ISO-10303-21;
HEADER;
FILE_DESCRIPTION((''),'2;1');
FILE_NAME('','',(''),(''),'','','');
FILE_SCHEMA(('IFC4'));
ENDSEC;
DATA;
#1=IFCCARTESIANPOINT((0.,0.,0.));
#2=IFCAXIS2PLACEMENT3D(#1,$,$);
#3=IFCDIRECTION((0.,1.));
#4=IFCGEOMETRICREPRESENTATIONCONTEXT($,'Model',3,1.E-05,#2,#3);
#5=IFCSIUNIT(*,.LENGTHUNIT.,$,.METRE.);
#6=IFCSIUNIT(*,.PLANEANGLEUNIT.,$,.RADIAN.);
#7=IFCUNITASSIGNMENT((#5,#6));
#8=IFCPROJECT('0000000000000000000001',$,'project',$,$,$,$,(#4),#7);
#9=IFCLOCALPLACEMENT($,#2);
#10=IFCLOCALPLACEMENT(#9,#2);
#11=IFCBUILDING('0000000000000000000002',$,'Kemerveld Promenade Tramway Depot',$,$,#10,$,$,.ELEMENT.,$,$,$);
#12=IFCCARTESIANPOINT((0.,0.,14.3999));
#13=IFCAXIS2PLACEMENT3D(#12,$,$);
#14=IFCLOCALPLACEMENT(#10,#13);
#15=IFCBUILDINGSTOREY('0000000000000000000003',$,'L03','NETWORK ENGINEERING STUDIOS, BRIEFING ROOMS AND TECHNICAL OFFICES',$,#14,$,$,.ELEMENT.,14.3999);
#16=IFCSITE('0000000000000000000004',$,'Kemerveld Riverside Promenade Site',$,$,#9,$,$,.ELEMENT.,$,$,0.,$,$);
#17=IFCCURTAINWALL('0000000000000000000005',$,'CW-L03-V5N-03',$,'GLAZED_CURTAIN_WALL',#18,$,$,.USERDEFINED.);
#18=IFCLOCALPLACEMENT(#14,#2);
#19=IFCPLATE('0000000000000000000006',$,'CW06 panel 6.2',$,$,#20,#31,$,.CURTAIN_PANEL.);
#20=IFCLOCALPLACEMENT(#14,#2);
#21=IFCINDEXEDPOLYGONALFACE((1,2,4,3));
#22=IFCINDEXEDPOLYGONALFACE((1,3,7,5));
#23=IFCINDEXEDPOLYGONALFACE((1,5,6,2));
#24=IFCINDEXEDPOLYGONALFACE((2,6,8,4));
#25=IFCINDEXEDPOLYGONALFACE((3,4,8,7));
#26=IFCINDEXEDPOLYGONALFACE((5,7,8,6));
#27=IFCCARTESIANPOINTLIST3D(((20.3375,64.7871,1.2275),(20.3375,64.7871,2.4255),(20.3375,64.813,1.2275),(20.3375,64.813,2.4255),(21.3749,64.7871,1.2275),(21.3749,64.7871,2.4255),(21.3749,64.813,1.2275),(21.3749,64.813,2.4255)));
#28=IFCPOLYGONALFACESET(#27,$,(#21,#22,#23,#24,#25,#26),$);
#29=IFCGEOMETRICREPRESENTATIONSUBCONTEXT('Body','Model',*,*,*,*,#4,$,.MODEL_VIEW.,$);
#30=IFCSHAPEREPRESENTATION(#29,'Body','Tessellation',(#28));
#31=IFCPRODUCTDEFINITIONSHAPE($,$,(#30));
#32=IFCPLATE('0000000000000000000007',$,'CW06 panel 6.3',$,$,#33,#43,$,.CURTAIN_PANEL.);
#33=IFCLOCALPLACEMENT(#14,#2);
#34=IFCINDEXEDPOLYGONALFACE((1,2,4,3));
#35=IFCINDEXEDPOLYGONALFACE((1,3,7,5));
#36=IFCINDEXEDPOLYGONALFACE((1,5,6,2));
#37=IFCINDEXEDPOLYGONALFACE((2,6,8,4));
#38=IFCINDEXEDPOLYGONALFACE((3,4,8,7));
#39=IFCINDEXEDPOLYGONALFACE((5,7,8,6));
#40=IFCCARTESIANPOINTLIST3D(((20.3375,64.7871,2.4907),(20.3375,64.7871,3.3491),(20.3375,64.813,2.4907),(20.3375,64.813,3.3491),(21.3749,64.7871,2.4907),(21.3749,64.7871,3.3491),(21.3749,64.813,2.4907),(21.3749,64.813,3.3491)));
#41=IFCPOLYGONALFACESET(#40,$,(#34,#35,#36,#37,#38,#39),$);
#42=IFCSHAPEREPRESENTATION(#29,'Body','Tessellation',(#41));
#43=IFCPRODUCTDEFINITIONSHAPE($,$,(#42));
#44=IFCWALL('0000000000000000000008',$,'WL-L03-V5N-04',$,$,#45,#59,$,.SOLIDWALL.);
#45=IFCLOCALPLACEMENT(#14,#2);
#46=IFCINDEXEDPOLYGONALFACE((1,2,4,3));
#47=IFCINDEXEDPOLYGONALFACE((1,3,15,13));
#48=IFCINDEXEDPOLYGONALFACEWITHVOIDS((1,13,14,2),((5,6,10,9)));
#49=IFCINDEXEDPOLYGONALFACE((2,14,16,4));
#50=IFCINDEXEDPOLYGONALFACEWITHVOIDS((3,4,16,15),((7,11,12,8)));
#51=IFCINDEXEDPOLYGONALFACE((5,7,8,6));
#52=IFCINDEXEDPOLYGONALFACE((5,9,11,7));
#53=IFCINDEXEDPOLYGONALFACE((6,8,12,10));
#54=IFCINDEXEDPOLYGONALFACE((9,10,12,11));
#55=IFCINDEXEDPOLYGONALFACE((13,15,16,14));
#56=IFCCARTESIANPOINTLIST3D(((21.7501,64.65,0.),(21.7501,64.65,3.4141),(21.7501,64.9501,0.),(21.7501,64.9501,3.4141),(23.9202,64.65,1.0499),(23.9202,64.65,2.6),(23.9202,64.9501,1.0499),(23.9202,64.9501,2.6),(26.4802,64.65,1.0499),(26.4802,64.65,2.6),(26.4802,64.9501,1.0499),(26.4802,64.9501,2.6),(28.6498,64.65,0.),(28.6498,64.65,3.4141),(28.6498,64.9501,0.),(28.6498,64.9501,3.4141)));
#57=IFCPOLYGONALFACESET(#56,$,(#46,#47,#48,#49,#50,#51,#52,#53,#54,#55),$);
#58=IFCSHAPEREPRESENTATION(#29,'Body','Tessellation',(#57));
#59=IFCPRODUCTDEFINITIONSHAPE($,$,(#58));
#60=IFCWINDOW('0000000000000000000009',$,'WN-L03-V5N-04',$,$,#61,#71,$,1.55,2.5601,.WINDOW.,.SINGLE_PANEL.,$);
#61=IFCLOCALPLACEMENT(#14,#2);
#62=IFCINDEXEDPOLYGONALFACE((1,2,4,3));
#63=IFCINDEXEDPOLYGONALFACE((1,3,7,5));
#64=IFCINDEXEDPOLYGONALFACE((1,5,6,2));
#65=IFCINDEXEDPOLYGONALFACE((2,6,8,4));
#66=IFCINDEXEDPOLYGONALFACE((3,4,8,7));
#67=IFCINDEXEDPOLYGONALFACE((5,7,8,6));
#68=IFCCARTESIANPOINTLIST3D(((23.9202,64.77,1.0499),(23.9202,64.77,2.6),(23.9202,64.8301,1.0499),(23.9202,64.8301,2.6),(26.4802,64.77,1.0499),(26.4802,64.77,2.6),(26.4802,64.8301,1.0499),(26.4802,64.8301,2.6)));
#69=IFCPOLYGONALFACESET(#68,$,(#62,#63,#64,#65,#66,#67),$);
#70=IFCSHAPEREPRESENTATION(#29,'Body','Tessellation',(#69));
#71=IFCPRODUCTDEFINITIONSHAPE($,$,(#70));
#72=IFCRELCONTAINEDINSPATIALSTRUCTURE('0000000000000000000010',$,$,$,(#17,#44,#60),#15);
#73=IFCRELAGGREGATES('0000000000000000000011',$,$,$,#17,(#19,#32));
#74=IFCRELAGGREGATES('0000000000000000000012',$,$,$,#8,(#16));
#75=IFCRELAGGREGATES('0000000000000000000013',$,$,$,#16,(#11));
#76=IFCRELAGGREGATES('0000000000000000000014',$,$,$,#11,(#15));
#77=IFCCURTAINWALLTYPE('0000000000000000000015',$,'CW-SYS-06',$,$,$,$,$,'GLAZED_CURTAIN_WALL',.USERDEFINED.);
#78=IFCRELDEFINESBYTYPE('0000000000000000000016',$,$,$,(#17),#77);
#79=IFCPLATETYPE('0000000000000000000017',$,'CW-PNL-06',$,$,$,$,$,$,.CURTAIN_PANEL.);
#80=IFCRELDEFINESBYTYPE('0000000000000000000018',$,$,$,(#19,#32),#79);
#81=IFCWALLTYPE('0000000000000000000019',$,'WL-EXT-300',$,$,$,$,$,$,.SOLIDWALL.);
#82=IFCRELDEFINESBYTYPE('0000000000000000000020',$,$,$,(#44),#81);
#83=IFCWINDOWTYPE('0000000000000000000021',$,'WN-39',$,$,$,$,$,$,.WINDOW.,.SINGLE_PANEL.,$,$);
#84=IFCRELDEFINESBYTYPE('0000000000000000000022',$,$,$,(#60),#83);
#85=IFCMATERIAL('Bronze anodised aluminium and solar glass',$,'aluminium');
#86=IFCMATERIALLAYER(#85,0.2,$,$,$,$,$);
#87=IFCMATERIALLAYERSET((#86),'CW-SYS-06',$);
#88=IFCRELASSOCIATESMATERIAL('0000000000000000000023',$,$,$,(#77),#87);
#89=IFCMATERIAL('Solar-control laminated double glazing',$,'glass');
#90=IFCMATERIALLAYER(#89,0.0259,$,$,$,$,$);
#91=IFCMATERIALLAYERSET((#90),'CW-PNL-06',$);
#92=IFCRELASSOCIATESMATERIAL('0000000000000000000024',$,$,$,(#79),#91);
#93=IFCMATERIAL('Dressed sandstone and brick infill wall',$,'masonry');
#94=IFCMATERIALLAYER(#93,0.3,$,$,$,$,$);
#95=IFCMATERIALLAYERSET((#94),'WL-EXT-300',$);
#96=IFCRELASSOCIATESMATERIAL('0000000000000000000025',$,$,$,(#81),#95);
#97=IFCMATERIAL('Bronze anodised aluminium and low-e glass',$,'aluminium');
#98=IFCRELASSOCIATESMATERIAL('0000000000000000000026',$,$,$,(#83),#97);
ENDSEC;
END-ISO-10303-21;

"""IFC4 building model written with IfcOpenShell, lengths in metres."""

from ifc_helpers import new_model, si_unit, direction, frame, frame_2d, origin, origin_2d, place, context, subcontext, project, spatial, rectangle, extrude, material, layer, layer_set, type_object, element, fill, aggregate, save


model = new_model("IFC4")

# Units and contexts
model_context = context("Model", 3, precision=1e-05, world=origin(), true_north=direction((0.0, 1.0)))
body_context = subcontext(model_context, "Body", "Model", "MODEL_VIEW")
ifc_project = project(units=[si_unit("LENGTHUNIT", "METRE"), si_unit("PLANEANGLEUNIT", "RADIAN")], contexts=[model_context])

# Site, building, storey
site_placement = place(None, origin())
site = spatial("IfcSite", under=ifc_project, at=site_placement, Name="Kemerveld Riverside Promenade Site", CompositionType="ELEMENT", RefElevation=0.0)
building_placement = place(site_placement, origin())
building = spatial("IfcBuilding", under=site, at=building_placement, Name="Kemerveld Promenade Tramway Depot", CompositionType="ELEMENT")
storey_placement = place(building_placement, frame((0.0, 0.0, 14.3999)))
storey = spatial("IfcBuildingStorey", under=building, at=storey_placement, Name="L03", Description="NETWORK ENGINEERING STUDIOS, BRIEFING ROOMS AND TECHNICAL OFFICES", CompositionType="ELEMENT", Elevation=14.3999)

# Curtain wall, plates
ifc_material_1 = material(Name="Bronze anodised aluminium and solar glass", Category="aluminium")
ifc_layer_1 = layer(ifc_material_1, 0.2)
ifc_layer_set_1 = layer_set([ifc_layer_1], Name="CW-SYS-06")
curtain_wall_type = type_object("IfcCurtainWallType", Name="CW-SYS-06", ElementType="GLAZED_CURTAIN_WALL", PredefinedType="USERDEFINED", material=ifc_layer_set_1)
curtain_wall_placement = place(storey_placement, origin())
curtain_wall = element("IfcCurtainWall", 1, at=curtain_wall_placement, inside=storey, type_object=curtain_wall_type, Name="CW-L03-V5N-03", ObjectType="GLAZED_CURTAIN_WALL", PredefinedType="USERDEFINED")
ifc_material_2 = material(Name="Solar-control laminated double glazing", Category="glass")
ifc_layer_2 = layer(ifc_material_2, 0.0259)
ifc_layer_set_2 = layer_set([ifc_layer_2], Name="CW-PNL-06")
plate_type = type_object("IfcPlateType", Name="CW-PNL-06", PredefinedType="CURTAIN_PANEL", material=ifc_layer_set_2)
plate_1_placement = place(storey_placement, frame((20.8562, 64.8, 1.2275), z_axis=(0.0, 0.0, 1.0), x_axis=(1.0, 0.0, 0.0)))
plate_1 = element("IfcPlate", 2, at=plate_1_placement, type_object=plate_type, Name="CW06 panel 6.2", PredefinedType="CURTAIN_PANEL", context=body_context, shape_type="SweptSolid", body=[
    extrude(rectangle(XDim=1.0374, YDim=0.0259, at=origin_2d()), origin(), (0.0, 0.0, 1.0), 1.198),
])
plate_2_placement = place(storey_placement, frame((20.8562, 64.8, 2.4907), z_axis=(0.0, 0.0, 1.0), x_axis=(1.0, 0.0, 0.0)))
plate_2 = element("IfcPlate", 3, at=plate_2_placement, type_object=plate_type, Name="CW06 panel 6.3", PredefinedType="CURTAIN_PANEL", context=body_context, shape_type="SweptSolid", body=[
    extrude(rectangle(XDim=1.0374, YDim=0.0259, at=origin_2d()), origin(), (0.0, 0.0, 1.0), 0.8584),
])
aggregate(curtain_wall, [plate_1, plate_2])

# Wall, opening, window
ifc_material_3 = material(Name="Dressed sandstone and brick infill wall", Category="masonry")
ifc_layer_3 = layer(ifc_material_3, 0.3)
ifc_layer_set_3 = layer_set([ifc_layer_3], Name="WL-EXT-300")
wall_type = type_object("IfcWallType", Name="WL-EXT-300", PredefinedType="SOLIDWALL", material=ifc_layer_set_3)
wall_placement = place(storey_placement, frame((21.7502, 64.8, 0.0), z_axis=(0.0, 0.0, 1.0), x_axis=(1.0, 0.0, 0.0)))
wall = element("IfcWall", 4, at=wall_placement, inside=storey, type_object=wall_type, Name="WL-L03-V5N-04", PredefinedType="SOLIDWALL", context=body_context, shape_type="SweptSolid", body=[
    extrude(rectangle(XDim=6.8997, YDim=0.3, at=frame_2d((3.4497, 0.0))), origin(), (0.0, 0.0, 1.0), 3.4141),
])
opening_placement = place(wall_placement, frame((2.1699, 0.0, 1.05)))
opening = element("IfcOpeningElement", 5, at=opening_placement, cuts=wall, PredefinedType="OPENING", context=body_context, shape_type="SweptSolid", body=[
    extrude(rectangle(XDim=2.5601, YDim=1.55, at=frame_2d((1.28, 0.7749))), frame((0.0, 0.1599, 0.0), z_axis=(0.0, -1.0, 0.0), x_axis=(1.0, 0.0, 0.0)), (0.0, 0.0, 1.0), 0.3201),
])
ifc_material_4 = material(Name="Bronze anodised aluminium and low-e glass", Category="aluminium")
window_type = type_object("IfcWindowType", Name="WN-39", PartitioningType="SINGLE_PANEL", PredefinedType="WINDOW", material=ifc_material_4)
window_placement = place(opening_placement, origin())
window = element("IfcWindow", 6, at=window_placement, inside=storey, type_object=window_type, Name="WN-L03-V5N-04", OverallHeight=1.55, OverallWidth=2.5601, PartitioningType="SINGLE_PANEL", PredefinedType="WINDOW", context=body_context, shape_type="SweptSolid", body=[
    extrude(rectangle(XDim=2.5601, YDim=1.55, at=frame_2d((1.28, 0.7749))), frame((0.0, 0.03, 0.0), z_axis=(0.0, -1.0, 0.0), x_axis=(1.0, 0.0, 0.0)), (0.0, 0.0, 1.0), 0.0601),
])
fill(opening, window)

save(model, "model.ifc")
